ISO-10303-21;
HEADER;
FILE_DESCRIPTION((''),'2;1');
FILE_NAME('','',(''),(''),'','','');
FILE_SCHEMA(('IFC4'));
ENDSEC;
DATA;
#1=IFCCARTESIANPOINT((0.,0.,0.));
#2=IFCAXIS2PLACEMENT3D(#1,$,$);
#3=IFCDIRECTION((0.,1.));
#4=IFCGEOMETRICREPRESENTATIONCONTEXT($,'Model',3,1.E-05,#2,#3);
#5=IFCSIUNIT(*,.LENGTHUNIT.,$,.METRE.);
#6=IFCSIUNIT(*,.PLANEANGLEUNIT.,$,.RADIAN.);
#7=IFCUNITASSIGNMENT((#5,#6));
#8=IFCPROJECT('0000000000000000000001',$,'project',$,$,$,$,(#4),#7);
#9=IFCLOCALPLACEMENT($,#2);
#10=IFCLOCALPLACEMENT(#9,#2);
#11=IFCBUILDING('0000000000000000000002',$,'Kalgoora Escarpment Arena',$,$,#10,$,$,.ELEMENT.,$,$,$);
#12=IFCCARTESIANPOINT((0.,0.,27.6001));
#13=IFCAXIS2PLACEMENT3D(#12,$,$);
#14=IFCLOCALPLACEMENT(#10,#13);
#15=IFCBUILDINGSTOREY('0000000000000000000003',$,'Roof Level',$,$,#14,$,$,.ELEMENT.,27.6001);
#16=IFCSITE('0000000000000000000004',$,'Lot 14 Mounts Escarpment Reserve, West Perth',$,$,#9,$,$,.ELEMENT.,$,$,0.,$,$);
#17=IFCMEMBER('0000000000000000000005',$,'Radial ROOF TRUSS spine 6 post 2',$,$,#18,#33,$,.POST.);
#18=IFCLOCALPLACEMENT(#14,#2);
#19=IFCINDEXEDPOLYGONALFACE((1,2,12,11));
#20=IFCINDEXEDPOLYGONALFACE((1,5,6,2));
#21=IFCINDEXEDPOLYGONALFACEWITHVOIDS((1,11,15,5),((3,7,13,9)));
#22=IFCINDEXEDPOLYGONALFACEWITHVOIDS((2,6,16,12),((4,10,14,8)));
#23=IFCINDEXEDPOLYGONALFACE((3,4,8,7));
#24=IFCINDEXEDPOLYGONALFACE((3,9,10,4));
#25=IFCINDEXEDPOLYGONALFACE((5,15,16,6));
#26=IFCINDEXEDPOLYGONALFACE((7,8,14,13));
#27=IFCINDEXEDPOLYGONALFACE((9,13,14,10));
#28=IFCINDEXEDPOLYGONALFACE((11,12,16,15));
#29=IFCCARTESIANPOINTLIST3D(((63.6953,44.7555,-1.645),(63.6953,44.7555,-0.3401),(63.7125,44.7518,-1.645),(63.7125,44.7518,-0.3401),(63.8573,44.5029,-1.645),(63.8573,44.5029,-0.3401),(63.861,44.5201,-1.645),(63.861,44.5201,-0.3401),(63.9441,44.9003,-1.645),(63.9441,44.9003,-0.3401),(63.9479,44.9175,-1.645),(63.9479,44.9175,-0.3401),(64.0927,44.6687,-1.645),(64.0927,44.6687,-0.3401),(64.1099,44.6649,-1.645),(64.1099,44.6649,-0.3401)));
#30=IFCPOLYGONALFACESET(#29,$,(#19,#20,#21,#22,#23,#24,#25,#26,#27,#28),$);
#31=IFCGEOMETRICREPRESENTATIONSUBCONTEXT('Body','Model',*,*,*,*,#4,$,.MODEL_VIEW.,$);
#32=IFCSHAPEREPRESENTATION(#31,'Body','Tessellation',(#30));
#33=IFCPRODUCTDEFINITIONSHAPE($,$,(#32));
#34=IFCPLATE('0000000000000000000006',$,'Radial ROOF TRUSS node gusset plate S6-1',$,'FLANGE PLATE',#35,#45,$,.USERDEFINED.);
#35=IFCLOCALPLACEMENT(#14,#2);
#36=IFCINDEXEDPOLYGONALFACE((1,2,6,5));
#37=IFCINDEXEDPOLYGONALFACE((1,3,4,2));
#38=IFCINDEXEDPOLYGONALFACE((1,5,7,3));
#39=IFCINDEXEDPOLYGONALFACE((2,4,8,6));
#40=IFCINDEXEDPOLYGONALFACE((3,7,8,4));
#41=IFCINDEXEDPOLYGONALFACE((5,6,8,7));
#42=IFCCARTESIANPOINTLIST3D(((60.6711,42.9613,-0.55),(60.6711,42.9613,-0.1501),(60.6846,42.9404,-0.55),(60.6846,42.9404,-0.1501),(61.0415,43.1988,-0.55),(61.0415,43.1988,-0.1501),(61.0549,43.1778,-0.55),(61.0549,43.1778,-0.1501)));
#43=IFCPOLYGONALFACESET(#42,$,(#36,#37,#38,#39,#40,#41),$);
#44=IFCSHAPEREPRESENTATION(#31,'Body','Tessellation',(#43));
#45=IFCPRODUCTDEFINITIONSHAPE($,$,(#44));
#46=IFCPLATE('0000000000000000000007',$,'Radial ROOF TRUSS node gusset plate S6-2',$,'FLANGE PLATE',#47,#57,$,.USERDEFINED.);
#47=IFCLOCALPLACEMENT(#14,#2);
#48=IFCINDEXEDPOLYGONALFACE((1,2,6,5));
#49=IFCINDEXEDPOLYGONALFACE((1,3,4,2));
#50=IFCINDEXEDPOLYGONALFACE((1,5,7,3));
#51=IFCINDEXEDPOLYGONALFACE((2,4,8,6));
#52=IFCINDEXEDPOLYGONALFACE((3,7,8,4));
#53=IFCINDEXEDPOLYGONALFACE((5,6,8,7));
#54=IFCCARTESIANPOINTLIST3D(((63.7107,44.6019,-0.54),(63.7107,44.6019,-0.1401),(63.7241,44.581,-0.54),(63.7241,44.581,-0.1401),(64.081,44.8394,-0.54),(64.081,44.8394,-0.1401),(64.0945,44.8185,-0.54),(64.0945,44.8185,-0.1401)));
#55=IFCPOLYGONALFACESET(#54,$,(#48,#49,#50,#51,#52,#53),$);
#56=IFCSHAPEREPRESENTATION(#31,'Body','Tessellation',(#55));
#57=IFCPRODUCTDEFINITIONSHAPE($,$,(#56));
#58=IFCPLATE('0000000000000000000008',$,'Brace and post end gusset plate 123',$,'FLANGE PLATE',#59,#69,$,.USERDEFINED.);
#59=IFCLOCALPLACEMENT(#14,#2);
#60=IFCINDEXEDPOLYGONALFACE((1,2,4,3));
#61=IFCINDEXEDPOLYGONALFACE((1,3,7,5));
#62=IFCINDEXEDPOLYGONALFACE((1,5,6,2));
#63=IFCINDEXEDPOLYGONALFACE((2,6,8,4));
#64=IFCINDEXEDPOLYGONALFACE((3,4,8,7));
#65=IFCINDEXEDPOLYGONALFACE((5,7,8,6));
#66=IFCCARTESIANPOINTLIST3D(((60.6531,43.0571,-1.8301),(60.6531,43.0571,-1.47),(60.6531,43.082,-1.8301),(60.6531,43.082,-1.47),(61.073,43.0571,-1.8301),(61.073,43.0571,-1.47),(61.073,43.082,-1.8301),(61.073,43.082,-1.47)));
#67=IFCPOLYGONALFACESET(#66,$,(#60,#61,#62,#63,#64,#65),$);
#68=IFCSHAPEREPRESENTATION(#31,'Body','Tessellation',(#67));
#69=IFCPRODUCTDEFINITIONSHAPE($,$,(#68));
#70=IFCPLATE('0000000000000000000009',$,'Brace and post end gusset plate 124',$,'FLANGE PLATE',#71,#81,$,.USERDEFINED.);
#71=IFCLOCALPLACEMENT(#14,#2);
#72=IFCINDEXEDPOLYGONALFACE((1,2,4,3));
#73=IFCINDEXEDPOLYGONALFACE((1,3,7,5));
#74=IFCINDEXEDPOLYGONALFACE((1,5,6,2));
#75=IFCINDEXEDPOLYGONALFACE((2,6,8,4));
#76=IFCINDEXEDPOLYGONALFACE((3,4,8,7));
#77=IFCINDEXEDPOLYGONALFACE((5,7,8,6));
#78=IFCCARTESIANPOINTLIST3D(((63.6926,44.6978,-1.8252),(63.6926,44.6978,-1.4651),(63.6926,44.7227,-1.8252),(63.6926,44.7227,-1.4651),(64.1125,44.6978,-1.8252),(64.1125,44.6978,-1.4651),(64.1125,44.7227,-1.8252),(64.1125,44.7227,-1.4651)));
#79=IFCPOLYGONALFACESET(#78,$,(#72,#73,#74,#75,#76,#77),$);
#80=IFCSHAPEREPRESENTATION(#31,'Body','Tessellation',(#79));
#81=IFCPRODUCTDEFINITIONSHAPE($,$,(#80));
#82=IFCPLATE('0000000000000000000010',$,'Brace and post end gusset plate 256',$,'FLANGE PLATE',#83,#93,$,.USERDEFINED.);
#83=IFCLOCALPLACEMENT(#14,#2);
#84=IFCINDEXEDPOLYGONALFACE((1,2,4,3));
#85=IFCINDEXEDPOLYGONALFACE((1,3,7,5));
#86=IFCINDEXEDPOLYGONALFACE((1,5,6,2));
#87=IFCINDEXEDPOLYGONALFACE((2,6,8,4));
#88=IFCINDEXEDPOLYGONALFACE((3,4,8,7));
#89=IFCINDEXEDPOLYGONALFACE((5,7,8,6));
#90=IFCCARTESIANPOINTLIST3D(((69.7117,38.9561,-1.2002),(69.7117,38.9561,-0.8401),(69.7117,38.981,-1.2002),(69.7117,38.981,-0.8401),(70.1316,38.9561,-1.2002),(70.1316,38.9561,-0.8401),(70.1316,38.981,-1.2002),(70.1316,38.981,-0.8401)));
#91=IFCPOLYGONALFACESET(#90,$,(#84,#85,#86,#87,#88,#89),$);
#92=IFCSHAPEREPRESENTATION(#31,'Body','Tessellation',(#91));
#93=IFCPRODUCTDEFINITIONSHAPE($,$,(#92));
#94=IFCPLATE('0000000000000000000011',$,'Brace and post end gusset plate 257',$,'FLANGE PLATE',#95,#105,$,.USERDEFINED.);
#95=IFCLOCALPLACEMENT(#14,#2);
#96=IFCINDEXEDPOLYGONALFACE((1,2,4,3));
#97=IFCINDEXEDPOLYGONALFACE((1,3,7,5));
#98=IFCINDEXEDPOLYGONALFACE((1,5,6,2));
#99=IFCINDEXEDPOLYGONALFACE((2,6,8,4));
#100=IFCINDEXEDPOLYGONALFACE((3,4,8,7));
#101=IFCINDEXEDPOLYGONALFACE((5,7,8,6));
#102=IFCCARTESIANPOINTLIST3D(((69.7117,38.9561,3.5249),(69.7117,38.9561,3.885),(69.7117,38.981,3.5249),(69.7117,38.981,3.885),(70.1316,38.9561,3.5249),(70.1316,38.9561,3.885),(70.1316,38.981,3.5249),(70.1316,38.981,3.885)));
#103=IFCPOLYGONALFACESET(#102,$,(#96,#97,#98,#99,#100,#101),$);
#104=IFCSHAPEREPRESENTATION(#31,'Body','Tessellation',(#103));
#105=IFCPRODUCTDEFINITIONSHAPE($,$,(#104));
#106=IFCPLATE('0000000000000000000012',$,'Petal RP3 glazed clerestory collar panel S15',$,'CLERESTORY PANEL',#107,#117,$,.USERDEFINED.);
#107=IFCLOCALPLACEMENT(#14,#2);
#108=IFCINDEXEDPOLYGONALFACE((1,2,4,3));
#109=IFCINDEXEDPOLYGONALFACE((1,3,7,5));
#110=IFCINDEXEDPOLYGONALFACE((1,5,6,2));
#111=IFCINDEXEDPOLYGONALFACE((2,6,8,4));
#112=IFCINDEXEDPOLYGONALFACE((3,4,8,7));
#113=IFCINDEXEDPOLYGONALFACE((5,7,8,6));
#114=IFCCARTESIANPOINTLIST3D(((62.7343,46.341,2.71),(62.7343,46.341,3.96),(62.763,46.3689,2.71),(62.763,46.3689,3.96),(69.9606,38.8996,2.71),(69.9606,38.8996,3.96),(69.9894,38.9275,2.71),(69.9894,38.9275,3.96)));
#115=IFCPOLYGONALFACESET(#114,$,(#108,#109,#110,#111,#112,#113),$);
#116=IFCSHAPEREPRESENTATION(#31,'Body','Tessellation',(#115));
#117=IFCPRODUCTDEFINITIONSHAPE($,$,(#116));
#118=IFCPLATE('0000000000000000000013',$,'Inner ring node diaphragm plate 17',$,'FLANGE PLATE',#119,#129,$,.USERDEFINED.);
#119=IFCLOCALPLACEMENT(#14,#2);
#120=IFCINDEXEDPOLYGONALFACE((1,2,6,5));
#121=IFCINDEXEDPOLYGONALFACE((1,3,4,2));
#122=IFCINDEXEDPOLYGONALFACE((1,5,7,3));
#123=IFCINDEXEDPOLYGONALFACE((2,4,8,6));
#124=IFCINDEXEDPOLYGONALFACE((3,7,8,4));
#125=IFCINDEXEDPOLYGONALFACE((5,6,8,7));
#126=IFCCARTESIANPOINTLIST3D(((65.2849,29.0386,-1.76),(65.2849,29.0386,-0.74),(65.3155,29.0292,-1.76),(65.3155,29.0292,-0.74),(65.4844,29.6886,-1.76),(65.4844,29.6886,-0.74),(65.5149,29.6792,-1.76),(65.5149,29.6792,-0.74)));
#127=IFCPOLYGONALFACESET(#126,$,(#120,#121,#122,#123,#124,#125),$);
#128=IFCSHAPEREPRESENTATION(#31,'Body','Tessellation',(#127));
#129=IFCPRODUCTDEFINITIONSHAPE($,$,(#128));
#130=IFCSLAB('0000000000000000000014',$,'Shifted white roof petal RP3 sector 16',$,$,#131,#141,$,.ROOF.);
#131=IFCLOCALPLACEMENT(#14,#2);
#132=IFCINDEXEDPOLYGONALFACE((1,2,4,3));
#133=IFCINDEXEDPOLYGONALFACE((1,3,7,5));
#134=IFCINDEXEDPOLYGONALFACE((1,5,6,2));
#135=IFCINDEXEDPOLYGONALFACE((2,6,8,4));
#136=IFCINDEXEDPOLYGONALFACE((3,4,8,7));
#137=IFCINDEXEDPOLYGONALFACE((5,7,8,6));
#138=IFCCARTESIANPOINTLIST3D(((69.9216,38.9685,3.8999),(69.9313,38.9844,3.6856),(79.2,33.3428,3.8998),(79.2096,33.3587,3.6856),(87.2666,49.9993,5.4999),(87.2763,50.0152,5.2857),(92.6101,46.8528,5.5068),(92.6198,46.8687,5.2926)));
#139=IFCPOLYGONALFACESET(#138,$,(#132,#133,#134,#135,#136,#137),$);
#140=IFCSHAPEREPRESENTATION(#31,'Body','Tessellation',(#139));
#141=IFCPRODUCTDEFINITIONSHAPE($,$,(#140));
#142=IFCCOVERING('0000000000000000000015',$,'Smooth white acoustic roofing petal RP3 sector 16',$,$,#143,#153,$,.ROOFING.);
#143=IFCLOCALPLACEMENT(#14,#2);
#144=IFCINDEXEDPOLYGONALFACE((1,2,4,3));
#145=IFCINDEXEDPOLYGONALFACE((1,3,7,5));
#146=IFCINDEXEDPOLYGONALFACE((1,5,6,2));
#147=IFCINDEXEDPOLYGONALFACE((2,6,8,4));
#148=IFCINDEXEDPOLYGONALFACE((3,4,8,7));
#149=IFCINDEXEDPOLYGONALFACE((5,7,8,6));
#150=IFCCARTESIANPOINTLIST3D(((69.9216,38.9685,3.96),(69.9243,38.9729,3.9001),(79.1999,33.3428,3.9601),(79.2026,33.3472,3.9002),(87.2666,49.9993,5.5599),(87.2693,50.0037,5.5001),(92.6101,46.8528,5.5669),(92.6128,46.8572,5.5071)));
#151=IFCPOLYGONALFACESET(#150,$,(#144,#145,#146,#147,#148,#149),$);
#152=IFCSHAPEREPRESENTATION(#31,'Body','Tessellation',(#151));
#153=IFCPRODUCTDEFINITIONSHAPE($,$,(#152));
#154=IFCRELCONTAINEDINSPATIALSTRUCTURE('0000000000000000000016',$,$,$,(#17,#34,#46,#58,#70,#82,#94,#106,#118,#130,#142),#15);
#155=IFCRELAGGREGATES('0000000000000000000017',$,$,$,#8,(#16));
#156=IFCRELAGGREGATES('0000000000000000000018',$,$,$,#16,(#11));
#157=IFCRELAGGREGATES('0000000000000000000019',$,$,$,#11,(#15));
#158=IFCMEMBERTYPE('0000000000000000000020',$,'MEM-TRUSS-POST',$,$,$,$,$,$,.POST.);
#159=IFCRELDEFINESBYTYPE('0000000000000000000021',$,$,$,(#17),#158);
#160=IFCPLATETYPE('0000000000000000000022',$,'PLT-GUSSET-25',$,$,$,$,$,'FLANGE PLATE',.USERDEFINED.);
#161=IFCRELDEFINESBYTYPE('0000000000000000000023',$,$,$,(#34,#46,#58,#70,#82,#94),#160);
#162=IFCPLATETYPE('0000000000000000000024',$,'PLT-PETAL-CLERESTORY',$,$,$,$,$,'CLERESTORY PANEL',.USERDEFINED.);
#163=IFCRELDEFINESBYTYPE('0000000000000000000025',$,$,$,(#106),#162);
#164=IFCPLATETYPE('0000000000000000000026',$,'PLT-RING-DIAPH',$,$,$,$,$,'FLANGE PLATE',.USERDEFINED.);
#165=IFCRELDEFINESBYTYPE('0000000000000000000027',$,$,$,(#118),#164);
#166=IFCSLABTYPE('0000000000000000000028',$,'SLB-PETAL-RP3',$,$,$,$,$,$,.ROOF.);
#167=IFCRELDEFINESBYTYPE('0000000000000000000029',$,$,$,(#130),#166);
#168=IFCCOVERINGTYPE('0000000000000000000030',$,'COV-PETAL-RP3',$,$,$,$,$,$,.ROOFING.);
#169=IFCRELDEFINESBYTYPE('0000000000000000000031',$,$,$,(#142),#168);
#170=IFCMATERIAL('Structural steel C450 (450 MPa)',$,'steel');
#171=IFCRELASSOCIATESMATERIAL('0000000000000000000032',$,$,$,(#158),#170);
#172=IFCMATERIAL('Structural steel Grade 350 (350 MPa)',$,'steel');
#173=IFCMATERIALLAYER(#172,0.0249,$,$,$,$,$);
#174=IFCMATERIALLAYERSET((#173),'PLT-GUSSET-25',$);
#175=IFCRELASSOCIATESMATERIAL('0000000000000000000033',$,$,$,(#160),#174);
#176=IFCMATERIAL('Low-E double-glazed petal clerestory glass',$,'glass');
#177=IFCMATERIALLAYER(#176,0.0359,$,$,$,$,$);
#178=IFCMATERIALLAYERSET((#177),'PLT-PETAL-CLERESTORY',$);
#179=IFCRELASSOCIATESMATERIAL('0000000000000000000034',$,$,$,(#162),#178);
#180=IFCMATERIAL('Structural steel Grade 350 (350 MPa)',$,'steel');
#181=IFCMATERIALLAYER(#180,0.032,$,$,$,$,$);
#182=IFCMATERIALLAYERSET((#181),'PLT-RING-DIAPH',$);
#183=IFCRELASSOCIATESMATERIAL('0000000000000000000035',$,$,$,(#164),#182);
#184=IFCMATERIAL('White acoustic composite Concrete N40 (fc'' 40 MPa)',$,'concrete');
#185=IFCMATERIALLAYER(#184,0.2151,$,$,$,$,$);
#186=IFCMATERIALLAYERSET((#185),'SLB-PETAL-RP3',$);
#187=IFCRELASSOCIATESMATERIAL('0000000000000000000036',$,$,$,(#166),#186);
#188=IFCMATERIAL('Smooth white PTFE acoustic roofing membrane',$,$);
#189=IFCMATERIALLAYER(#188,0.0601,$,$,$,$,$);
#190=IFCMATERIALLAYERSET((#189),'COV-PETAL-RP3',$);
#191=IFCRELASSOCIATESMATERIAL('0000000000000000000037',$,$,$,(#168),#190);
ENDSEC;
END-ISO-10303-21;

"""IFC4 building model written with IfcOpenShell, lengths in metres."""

from ifc_helpers import new_model, si_unit, direction, frame, origin, origin_2d, place, context, subcontext, project, spatial, polyline, rectangle, hollow_rectangle, outline, extrude, material, layer, layer_set, material_profile, profile_set, type_object, element, save


model = new_model("IFC4")

# Units and contexts
model_context = context("Model", 3, precision=1e-05, world=origin(), true_north=direction((0.0, 1.0)))
body_context = subcontext(model_context, "Body", "Model", "MODEL_VIEW")
ifc_project = project(units=[si_unit("LENGTHUNIT", "METRE"), si_unit("PLANEANGLEUNIT", "RADIAN")], contexts=[model_context])

# Site, building, storey
site_placement = place(None, origin())
site = spatial("IfcSite", under=ifc_project, at=site_placement, Name="Lot 14 Mounts Escarpment Reserve, West Perth", CompositionType="ELEMENT", RefElevation=0.0)
building_placement = place(site_placement, origin())
building = spatial("IfcBuilding", under=site, at=building_placement, Name="Kalgoora Escarpment Arena", CompositionType="ELEMENT")
storey_placement = place(building_placement, frame((0.0, 0.0, 27.6001)))
storey = spatial("IfcBuildingStorey", under=building, at=storey_placement, Name="Roof Level", CompositionType="ELEMENT", Elevation=27.6001)

# Member
ifc_material_1 = material(Name="Structural steel C450 (450 MPa)", Category="steel")
ifc_material_profile_1 = material_profile(ifc_material_1, hollow_rectangle(XDim=0.3, YDim=0.3, WallThickness=0.0125, at=origin_2d()))
ifc_profile_set_1 = profile_set([ifc_material_profile_1], Name="Structural steel C450 (450 MPa)")
member_type_1 = type_object("IfcMemberType", Name="MEM-TRUSS-POST", PredefinedType="POST", material=ifc_profile_set_1)
member_1_placement = place(storey_placement, frame((63.9026, 44.7102, -1.645), z_axis=(0.0, 0.0, 1.0), x_axis=(0.841794, 0.5398, 0.0)))
element("IfcMember", 1, at=member_1_placement, inside=storey, type_object=member_type_1, Name="Radial ROOF TRUSS spine 6 post 2", PredefinedType="POST", context=body_context, shape_type="SweptSolid", body=[
    extrude(hollow_rectangle(XDim=0.3, YDim=0.3, WallThickness=0.0125, at=origin_2d()), origin(), (0.0, 0.0, 1.0), 1.3049),
])

# Plates
ifc_material_2 = material(Name="Structural steel Grade 350 (350 MPa)", Category="steel")
ifc_layer_1 = layer(ifc_material_2, 0.0249)
ifc_layer_set_1 = layer_set([ifc_layer_1], Name="PLT-GUSSET-25")
plate_type_1 = type_object("IfcPlateType", Name="PLT-GUSSET-25", ElementType="FLANGE PLATE", PredefinedType="USERDEFINED", material=ifc_layer_set_1)
for number, where, z_axis, x_axis, name in (
    (2, (60.863, 43.0696, -0.55), (0.0, 0.0, 1.0), (0.841794, 0.5398, 0.0), "Radial ROOF TRUSS node gusset plate S6-1"),
    (3, (63.9026, 44.7102, -0.54), (0.0, 0.0, 1.0), (0.841794, 0.5398, 0.0), "Radial ROOF TRUSS node gusset plate S6-2"),
):
    element("IfcPlate", number, at=place(storey_placement, frame(where, z_axis=z_axis, x_axis=x_axis)), inside=storey, type_object=plate_type_1, Name=name, ObjectType="FLANGE PLATE", PredefinedType="USERDEFINED", context=body_context, shape_type="SweptSolid", body=[
        extrude(rectangle(XDim=0.4399, YDim=0.0249, at=origin_2d()), origin(), (0.0, 0.0, 1.0), 0.3999),
    ])
for number, where, z_axis, x_axis, name in (
    (4, (60.863, 43.0696, -1.8301), (0.0, 0.0, 1.0), (1.0, 0.0, 0.0), "Brace and post end gusset plate 123"),
    (5, (63.9026, 44.7102, -1.8252), (0.0, 0.0, 1.0), (1.0, 0.0, 0.0), "Brace and post end gusset plate 124"),
    (6, (69.9216, 38.9685, -1.2002), (0.0, 0.0, 1.0), (1.0, 0.0, 0.0), "Brace and post end gusset plate 256"),
    (7, (69.9216, 38.9685, 3.5249), (0.0, 0.0, 1.0), (1.0, 0.0, 0.0), "Brace and post end gusset plate 257"),
):
    element("IfcPlate", number, at=place(storey_placement, frame(where, z_axis=z_axis, x_axis=x_axis)), inside=storey, type_object=plate_type_1, Name=name, ObjectType="FLANGE PLATE", PredefinedType="USERDEFINED", context=body_context, shape_type="SweptSolid", body=[
        extrude(rectangle(XDim=0.4199, YDim=0.0249, at=origin_2d()), origin(), (0.0, 0.0, 1.0), 0.3601),
    ])
ifc_material_3 = material(Name="Low-E double-glazed petal clerestory glass", Category="glass")
ifc_layer_2 = layer(ifc_material_3, 0.0359)
ifc_layer_set_2 = layer_set([ifc_layer_2], Name="PLT-PETAL-CLERESTORY")
plate_type_2 = type_object("IfcPlateType", Name="PLT-PETAL-CLERESTORY", ElementType="CLERESTORY PANEL", PredefinedType="USERDEFINED", material=ifc_layer_set_2)
plate_1_placement = place(storey_placement, frame((66.3618, 42.6343, 2.71), z_axis=(0.0, 0.0, 1.0), x_axis=(0.696664, -0.717397, 0.0)))
element("IfcPlate", 8, at=plate_1_placement, inside=storey, type_object=plate_type_2, Name="Petal RP3 glazed clerestory collar panel S15", ObjectType="CLERESTORY PANEL", PredefinedType="USERDEFINED", context=body_context, shape_type="SweptSolid", body=[
    extrude(rectangle(XDim=10.3728, YDim=0.04, at=origin_2d()), origin(), (0.0, 0.0, 1.0), 1.25),
])
ifc_material_4 = material(Name="Structural steel Grade 350 (350 MPa)", Category="steel")
ifc_layer_3 = layer(ifc_material_4, 0.032)
ifc_layer_set_3 = layer_set([ifc_layer_3], Name="PLT-RING-DIAPH")
plate_type_3 = type_object("IfcPlateType", Name="PLT-RING-DIAPH", ElementType="FLANGE PLATE", PredefinedType="USERDEFINED", material=ifc_layer_set_3)
plate_2_placement = place(storey_placement, frame((65.3999, 29.3589, -1.76), z_axis=(0.0, 0.0, 1.0), x_axis=(0.955998, -0.293373, 0.0)))
element("IfcPlate", 9, at=plate_2_placement, inside=storey, type_object=plate_type_3, Name="Inner ring node diaphragm plate 17", ObjectType="FLANGE PLATE", PredefinedType="USERDEFINED", context=body_context, shape_type="SweptSolid", body=[
    extrude(rectangle(XDim=0.032, YDim=0.6799, at=origin_2d()), origin(), (0.0, 0.0, 1.0), 1.02),
])

# Slab
ifc_material_5 = material(Name="White acoustic composite Concrete N40 (fc' 40 MPa)", Category="concrete")
ifc_layer_4 = layer(ifc_material_5, 0.2151)
ifc_layer_set_4 = layer_set([ifc_layer_4], Name="SLB-PETAL-RP3")
slab_type = type_object("IfcSlabType", Name="SLB-PETAL-RP3", PredefinedType="ROOF", material=ifc_layer_set_4)
slab_placement = place(storey_placement, frame((69.9216, 38.9685, 3.8999), z_axis=(-0.044851, -0.073983, 0.99625), x_axis=(0.855096, -0.51847, -0.000006)))
element("IfcSlab", 10, at=slab_placement, inside=storey, type_object=slab_type, Name="Shifted white roof petal RP3 sector 16", PredefinedType="ROOF", context=body_context, shape_type="SweptSolid", body=[
    extrude(outline(polyline([(0.0, 0.0), (10.8506, 0.0), (15.313, 18.5748), (9.1125, 18.4946), (0.0, 0.0)])), origin(), (0.0, 0.0, -1.0), 0.2151),
])

# Covering
ifc_material_6 = material(Name="Smooth white PTFE acoustic roofing membrane")
ifc_layer_5 = layer(ifc_material_6, 0.0601)
ifc_layer_set_5 = layer_set([ifc_layer_5], Name="COV-PETAL-RP3")
covering_type = type_object("IfcCoveringType", Name="COV-PETAL-RP3", PredefinedType="ROOFING", material=ifc_layer_set_5)
covering_placement = place(storey_placement, frame((69.9216, 38.9685, 3.96), z_axis=(-0.044857, -0.073966, 0.996251), x_axis=(0.855095, -0.518471, 0.000008)))
element("IfcCovering", 11, at=covering_placement, inside=storey, type_object=covering_type, Name="Smooth white acoustic roofing petal RP3 sector 16", PredefinedType="ROOFING", context=body_context, shape_type="SweptSolid", body=[
    extrude(outline(polyline([(0.0, 0.0), (10.8506, 0.0), (15.313, 18.5748), (9.1125, 18.4945), (0.0, 0.0)])), origin(), (0.0, 0.0, -1.0), 0.0601),
])

save(model, "model.ifc")
